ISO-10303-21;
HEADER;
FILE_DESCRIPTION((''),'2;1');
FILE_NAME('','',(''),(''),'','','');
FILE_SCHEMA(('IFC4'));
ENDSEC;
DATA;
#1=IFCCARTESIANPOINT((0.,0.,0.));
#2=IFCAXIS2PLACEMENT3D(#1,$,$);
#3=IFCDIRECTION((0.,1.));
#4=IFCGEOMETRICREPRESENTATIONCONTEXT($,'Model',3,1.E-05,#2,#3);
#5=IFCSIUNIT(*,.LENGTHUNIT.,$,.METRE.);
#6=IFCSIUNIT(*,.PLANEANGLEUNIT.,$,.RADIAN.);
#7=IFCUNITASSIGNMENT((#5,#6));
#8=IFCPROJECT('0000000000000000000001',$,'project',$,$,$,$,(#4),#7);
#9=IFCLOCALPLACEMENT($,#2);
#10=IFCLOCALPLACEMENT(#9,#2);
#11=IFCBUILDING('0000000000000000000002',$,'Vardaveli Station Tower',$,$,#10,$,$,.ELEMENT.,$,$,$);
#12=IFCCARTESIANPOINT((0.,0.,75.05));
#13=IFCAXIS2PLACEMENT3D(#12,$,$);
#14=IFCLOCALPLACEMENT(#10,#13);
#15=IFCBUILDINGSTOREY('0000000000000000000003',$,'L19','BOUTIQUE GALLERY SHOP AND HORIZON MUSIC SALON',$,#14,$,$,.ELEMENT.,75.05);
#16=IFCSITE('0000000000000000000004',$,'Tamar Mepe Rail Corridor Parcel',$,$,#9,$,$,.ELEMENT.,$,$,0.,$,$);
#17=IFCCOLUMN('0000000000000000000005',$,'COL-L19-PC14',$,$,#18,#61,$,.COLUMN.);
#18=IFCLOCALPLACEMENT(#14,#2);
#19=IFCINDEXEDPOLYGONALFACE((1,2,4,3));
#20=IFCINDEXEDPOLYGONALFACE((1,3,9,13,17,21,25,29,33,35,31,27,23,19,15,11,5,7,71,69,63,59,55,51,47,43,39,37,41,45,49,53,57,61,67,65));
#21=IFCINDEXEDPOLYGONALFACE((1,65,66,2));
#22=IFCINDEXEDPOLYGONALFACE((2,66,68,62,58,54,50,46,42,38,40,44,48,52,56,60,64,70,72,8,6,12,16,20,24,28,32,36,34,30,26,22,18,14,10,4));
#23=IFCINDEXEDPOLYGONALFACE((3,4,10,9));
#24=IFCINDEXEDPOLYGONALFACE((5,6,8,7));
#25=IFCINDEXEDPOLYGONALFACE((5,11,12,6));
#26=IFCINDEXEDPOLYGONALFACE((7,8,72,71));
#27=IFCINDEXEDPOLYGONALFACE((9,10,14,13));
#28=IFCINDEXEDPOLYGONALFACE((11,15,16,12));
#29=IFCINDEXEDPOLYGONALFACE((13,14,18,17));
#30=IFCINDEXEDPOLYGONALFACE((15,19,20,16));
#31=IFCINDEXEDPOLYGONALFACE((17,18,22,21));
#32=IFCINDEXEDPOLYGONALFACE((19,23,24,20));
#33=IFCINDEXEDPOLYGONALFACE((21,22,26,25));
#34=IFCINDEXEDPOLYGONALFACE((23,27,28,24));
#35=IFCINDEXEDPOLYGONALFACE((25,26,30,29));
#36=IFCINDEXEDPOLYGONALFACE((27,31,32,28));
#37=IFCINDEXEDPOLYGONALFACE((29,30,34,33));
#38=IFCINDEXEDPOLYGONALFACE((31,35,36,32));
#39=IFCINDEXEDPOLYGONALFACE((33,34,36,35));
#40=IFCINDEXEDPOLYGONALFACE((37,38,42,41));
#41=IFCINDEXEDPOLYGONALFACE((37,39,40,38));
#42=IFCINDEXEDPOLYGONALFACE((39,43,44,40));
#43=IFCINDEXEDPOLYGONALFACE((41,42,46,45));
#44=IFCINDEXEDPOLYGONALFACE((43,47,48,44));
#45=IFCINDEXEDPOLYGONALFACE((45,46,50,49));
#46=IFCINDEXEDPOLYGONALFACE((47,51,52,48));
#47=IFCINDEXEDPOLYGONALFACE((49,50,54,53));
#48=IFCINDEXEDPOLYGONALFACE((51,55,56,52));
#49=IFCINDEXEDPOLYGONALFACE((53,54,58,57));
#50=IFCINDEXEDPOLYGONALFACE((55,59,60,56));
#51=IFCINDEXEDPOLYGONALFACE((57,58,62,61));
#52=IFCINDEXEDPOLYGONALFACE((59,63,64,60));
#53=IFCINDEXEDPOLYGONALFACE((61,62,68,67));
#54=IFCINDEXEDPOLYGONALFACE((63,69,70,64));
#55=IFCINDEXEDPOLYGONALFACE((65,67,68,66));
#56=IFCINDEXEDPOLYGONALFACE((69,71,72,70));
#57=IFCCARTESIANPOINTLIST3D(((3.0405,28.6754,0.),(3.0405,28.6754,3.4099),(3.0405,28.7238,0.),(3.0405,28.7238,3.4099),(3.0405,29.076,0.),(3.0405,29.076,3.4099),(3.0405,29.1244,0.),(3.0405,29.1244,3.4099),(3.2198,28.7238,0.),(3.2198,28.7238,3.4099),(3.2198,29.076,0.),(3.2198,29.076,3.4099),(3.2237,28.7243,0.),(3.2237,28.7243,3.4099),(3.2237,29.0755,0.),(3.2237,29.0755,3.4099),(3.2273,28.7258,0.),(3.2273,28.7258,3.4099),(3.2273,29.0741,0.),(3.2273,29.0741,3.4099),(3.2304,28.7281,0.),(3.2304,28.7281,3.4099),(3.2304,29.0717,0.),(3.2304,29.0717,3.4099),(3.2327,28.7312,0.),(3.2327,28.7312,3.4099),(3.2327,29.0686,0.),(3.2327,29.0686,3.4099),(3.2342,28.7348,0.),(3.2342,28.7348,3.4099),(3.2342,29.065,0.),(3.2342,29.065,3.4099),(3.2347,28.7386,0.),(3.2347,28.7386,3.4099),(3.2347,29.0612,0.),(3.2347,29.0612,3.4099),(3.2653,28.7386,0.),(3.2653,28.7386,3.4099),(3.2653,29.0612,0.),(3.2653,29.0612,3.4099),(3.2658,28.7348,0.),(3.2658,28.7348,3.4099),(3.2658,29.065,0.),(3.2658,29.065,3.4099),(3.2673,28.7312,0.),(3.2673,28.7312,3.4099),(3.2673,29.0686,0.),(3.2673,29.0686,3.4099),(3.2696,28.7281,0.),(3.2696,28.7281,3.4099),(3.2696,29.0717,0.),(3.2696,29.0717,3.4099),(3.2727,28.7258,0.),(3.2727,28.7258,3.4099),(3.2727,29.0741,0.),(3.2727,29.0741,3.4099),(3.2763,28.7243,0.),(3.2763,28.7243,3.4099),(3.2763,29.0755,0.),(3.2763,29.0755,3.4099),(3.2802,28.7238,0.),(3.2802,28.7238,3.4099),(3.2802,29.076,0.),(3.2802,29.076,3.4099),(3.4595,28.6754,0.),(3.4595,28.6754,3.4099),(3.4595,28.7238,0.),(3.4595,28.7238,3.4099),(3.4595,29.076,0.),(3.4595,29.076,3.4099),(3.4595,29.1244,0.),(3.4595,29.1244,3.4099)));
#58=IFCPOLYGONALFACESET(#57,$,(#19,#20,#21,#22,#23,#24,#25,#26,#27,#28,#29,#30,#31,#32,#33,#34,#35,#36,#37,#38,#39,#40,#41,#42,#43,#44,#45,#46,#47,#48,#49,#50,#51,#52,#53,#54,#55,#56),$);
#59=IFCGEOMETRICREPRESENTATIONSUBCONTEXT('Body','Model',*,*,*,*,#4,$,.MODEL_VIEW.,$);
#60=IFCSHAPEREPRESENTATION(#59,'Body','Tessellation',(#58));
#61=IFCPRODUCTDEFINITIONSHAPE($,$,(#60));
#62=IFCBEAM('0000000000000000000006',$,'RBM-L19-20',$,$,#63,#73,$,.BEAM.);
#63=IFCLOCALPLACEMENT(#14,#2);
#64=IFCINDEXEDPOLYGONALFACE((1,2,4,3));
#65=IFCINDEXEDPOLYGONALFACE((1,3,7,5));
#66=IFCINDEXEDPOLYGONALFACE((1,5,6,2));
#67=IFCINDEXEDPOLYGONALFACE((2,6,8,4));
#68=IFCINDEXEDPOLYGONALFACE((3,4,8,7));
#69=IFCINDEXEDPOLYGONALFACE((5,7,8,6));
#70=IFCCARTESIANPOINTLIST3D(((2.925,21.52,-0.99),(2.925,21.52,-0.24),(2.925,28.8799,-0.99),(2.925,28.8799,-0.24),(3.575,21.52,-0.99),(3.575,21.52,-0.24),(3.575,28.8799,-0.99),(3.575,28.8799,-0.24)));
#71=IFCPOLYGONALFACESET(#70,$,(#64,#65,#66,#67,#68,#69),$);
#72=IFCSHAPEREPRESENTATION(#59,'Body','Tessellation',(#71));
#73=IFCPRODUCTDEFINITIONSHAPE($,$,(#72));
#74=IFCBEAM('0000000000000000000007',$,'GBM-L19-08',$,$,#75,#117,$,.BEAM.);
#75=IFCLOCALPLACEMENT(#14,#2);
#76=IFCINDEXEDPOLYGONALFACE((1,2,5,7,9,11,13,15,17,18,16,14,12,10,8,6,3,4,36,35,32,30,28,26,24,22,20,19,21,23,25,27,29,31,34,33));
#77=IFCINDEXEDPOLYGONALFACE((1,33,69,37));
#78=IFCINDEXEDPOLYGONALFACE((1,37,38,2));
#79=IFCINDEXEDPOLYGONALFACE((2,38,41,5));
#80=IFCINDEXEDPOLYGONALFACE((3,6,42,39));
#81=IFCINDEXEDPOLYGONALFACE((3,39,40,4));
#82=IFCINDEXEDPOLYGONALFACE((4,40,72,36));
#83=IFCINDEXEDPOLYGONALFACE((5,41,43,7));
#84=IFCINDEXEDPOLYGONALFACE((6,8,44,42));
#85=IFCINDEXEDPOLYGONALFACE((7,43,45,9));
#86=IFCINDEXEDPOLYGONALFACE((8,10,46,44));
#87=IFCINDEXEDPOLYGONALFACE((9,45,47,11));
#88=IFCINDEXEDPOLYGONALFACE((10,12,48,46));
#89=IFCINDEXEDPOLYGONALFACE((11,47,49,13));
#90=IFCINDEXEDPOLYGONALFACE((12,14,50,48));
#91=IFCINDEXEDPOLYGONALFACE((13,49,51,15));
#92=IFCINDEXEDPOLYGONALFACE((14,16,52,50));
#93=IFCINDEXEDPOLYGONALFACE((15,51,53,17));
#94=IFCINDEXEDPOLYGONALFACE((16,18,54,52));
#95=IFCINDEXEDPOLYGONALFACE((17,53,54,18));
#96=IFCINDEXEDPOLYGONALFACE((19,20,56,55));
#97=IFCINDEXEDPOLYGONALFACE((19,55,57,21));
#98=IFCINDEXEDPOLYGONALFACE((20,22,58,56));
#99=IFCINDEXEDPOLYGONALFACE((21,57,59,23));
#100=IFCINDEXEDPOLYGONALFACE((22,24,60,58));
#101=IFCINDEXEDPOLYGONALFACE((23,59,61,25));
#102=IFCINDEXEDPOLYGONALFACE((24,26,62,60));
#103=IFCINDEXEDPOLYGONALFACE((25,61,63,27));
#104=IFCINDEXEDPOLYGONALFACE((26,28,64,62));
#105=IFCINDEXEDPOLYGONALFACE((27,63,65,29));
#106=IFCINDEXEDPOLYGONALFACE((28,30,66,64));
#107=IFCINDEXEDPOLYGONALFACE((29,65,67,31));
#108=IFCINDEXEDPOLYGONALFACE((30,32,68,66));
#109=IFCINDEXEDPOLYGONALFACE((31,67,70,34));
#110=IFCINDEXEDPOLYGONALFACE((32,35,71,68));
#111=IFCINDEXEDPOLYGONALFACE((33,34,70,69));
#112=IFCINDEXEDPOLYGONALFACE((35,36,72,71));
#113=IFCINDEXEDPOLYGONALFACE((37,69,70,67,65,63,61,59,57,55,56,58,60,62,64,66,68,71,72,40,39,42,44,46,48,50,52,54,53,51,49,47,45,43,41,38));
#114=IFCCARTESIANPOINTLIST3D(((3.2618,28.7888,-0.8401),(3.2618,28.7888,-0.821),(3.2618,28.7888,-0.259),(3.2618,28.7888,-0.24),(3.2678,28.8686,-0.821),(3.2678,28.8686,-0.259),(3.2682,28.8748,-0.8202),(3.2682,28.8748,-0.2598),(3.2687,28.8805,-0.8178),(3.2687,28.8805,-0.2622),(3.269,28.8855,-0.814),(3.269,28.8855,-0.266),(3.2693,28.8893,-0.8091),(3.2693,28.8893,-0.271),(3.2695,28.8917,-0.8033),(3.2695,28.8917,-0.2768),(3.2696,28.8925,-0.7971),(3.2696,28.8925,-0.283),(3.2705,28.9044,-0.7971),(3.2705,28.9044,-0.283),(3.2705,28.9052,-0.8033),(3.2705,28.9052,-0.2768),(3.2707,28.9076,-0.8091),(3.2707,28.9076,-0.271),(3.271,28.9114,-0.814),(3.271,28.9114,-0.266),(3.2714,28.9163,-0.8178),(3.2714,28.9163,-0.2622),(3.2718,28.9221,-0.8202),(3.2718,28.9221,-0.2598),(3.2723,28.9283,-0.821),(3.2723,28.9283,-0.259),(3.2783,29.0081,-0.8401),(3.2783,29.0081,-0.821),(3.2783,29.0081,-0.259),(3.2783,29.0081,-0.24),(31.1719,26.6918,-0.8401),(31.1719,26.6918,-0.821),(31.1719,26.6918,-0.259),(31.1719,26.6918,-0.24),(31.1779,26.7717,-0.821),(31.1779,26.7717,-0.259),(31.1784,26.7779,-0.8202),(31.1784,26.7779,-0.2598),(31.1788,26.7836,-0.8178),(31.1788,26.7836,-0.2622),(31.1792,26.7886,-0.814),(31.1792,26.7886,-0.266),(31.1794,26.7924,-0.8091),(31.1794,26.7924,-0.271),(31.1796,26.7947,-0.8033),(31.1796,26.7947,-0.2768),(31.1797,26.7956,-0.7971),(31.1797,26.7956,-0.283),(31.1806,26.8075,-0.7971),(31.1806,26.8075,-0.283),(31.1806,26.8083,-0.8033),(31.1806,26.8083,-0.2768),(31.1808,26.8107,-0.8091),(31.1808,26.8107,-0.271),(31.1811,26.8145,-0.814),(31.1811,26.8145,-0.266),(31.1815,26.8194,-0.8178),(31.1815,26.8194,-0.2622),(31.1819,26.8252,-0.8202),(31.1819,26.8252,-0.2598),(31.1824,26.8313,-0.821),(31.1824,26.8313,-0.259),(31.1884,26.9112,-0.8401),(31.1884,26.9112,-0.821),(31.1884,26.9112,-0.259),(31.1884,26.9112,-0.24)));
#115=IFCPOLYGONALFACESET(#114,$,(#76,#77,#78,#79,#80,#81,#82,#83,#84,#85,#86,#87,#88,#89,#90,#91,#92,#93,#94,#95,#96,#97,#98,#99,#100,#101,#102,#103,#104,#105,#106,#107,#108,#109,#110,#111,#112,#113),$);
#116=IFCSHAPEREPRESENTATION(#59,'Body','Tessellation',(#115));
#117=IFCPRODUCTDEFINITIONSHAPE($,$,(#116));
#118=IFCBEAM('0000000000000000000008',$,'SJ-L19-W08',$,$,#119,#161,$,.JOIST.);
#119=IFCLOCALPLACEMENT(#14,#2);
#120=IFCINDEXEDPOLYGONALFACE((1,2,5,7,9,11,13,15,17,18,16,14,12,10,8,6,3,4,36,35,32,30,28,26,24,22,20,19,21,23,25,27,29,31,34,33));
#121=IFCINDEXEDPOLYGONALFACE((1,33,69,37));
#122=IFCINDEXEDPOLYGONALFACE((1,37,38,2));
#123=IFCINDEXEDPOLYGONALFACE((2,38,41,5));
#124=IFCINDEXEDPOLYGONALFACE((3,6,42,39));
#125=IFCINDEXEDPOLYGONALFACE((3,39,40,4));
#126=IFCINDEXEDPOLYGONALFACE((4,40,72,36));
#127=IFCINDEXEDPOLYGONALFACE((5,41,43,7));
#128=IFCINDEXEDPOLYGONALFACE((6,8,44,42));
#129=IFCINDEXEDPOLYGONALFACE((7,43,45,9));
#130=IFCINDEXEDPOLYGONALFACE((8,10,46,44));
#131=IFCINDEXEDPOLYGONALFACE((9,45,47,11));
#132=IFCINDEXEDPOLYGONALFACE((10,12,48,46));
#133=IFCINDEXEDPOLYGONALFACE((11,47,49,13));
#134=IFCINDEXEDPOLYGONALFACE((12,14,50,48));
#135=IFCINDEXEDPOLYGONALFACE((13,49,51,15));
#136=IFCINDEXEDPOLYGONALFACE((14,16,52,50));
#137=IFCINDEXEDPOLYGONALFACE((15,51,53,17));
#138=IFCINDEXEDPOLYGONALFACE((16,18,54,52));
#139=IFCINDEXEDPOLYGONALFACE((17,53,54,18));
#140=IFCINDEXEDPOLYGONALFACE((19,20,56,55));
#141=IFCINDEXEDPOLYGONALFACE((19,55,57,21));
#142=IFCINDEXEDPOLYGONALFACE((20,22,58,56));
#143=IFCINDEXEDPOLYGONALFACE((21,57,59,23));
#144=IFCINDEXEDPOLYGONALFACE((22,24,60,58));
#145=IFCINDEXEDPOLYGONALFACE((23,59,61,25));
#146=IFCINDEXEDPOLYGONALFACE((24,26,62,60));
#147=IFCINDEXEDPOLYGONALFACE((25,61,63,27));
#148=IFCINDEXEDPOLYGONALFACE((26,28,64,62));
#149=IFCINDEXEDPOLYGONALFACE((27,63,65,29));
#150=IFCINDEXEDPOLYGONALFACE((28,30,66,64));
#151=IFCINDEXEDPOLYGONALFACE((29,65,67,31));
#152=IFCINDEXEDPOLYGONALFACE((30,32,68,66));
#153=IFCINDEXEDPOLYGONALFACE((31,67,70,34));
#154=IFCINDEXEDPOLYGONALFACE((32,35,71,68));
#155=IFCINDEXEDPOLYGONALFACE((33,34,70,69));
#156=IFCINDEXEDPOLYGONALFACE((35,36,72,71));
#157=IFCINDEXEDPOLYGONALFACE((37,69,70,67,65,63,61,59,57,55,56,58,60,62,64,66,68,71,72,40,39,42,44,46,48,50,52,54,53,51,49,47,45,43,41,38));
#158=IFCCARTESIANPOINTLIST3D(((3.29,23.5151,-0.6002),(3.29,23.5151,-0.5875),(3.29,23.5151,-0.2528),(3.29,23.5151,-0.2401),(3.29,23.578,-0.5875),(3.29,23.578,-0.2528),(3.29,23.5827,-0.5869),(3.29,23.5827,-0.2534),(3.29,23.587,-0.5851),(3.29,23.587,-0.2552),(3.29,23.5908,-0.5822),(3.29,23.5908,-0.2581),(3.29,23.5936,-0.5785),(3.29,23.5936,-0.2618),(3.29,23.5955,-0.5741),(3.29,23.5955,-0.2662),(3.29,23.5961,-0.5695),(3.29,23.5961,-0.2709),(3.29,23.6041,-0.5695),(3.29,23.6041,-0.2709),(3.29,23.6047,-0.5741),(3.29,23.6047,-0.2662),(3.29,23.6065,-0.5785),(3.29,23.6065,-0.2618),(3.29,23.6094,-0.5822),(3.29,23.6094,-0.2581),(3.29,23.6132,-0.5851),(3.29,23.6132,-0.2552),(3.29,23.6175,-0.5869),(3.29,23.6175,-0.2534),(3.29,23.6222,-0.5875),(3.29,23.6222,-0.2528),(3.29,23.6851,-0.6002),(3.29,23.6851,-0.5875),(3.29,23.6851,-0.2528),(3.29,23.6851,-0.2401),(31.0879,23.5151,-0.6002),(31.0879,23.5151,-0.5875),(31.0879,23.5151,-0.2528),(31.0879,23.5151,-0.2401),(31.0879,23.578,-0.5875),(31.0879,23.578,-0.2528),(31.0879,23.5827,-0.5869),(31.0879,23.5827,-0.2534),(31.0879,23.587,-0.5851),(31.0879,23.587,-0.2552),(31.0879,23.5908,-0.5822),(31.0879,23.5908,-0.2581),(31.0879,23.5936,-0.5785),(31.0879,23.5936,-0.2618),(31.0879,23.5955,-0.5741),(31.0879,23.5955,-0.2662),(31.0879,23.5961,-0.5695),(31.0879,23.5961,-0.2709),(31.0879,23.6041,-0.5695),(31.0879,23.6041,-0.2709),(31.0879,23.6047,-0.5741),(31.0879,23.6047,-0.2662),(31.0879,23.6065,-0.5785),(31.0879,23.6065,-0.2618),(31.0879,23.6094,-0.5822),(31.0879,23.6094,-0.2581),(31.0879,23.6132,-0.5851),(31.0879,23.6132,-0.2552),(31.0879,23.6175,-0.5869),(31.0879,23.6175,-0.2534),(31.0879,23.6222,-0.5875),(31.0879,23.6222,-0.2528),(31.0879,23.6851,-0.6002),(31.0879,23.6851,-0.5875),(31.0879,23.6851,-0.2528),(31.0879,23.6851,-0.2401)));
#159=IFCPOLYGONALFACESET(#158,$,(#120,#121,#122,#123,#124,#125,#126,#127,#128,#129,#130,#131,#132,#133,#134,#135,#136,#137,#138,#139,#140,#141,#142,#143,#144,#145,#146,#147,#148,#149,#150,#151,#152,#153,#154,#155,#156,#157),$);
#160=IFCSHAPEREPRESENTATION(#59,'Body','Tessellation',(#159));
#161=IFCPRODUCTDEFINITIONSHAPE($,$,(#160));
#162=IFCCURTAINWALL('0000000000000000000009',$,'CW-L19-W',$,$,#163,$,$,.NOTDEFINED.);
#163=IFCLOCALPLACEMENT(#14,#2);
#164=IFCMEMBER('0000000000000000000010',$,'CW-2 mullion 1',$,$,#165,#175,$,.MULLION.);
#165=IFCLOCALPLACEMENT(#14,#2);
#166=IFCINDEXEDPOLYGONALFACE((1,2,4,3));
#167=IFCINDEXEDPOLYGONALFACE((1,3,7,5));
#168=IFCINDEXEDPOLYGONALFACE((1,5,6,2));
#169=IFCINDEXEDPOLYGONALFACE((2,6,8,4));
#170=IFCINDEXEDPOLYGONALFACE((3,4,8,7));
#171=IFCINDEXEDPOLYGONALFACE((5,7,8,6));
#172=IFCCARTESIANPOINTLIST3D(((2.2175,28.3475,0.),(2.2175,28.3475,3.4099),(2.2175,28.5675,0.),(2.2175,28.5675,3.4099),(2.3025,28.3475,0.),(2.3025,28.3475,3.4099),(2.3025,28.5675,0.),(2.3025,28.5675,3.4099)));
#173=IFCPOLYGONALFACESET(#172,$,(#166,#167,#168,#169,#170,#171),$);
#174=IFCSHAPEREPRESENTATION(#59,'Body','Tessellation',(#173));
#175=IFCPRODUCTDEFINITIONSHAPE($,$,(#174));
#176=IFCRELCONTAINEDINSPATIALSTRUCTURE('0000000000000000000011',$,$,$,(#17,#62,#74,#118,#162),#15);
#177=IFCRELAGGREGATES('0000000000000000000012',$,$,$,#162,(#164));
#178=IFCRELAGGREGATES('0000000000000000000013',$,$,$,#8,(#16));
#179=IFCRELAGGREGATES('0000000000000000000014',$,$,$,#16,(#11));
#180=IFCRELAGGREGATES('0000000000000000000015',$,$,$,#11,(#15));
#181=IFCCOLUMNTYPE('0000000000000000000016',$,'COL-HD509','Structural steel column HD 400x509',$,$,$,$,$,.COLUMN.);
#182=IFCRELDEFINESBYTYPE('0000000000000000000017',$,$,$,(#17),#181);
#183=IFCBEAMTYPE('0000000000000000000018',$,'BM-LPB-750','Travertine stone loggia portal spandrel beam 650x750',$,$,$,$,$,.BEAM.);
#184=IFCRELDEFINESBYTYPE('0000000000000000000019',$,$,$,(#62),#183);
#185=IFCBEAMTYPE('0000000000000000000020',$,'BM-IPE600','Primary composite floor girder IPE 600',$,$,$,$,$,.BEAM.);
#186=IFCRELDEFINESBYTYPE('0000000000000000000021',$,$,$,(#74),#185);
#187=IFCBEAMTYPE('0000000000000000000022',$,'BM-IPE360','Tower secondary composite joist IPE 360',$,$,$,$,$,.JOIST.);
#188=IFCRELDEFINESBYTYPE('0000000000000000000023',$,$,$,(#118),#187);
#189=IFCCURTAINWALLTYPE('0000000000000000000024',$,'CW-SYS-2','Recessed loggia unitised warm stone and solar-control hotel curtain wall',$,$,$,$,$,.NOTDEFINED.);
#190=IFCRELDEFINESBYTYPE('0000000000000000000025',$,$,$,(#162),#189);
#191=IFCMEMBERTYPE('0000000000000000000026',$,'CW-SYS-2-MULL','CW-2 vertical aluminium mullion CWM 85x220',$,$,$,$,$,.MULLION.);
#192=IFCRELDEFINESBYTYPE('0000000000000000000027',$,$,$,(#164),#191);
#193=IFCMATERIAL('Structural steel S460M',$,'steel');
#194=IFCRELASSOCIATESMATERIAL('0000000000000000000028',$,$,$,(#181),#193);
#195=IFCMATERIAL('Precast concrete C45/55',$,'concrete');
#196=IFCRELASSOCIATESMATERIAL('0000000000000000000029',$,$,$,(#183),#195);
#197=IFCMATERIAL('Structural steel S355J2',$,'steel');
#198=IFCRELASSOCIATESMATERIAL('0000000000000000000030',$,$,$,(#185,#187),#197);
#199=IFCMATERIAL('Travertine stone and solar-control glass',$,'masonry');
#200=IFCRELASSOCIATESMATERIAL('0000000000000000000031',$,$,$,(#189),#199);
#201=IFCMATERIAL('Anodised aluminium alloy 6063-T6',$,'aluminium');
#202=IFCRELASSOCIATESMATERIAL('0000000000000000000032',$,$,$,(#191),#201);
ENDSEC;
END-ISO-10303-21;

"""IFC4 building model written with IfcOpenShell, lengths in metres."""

from ifc_helpers import new_model, si_unit, direction, frame, origin, origin_2d, place, context, subcontext, project, spatial, rectangle, i_section, extrude, source, transform, mapped, material, material_profile, profile_set, type_object, element, aggregate, save


model = new_model("IFC4")

# Units and contexts
model_context = context("Model", 3, precision=1e-05, world=origin(), true_north=direction((0.0, 1.0)))
body_context = subcontext(model_context, "Body", "Model", "MODEL_VIEW")
ifc_project = project(units=[si_unit("LENGTHUNIT", "METRE"), si_unit("PLANEANGLEUNIT", "RADIAN")], contexts=[model_context])

# Site, building, storey
site_placement = place(None, origin())
site = spatial("IfcSite", under=ifc_project, at=site_placement, Name="Tamar Mepe Rail Corridor Parcel", CompositionType="ELEMENT", RefElevation=0.0)
building_placement = place(site_placement, origin())
building = spatial("IfcBuilding", under=site, at=building_placement, Name="Vardaveli Station Tower", CompositionType="ELEMENT")
storey_placement = place(building_placement, frame((0.0, 0.0, 75.05)))
storey = spatial("IfcBuildingStorey", under=building, at=storey_placement, Name="L19", Description="BOUTIQUE GALLERY SHOP AND HORIZON MUSIC SALON", CompositionType="ELEMENT", Elevation=75.05)

# Column
ifc_material_1 = material(Name="Structural steel S460M", Category="steel")
ifc_material_profile_1 = material_profile(ifc_material_1, i_section(OverallWidth=0.4189, OverallDepth=0.449, WebThickness=0.0305, FlangeThickness=0.0483, FilletRadius=0.0149, at=origin_2d()), Name="HD 400x509")
ifc_profile_set_1 = profile_set([ifc_material_profile_1], Name="Structural steel S460M")
column_type = type_object("IfcColumnType", Name="COL-HD509", Description="Structural steel column HD 400x509", PredefinedType="COLUMN", material=ifc_profile_set_1)
shared_shape_1 = source(origin(), body_context, "Body", "SweptSolid", [
    extrude(i_section(OverallWidth=0.4189, OverallDepth=0.449, WebThickness=0.0305, FlangeThickness=0.0483, FilletRadius=0.0149, at=origin_2d()), origin(), (0.0, 0.0, 1.0), 3.4099),
])
column_placement = place(storey_placement, frame((3.25, 28.8999, 0.0), z_axis=(0.0, 0.0, 1.0), x_axis=(1.0, 0.0, 0.0)))
element("IfcColumn", 1, at=column_placement, inside=storey, type_object=column_type, Name="COL-L19-PC14", PredefinedType="COLUMN", context=body_context, shape_type="MappedRepresentation", body=[
    mapped(shared_shape_1, transform((0.0, 0.0, 0.0), scale=1.0)),
])

# Beams
ifc_material_2 = material(Name="Precast concrete C45/55", Category="concrete")
ifc_material_profile_2 = material_profile(ifc_material_2, rectangle(XDim=0.6499, YDim=0.75, at=origin_2d()), Name="LPB 650x750")
ifc_profile_set_2 = profile_set([ifc_material_profile_2], Name="Precast concrete C45/55")
beam_type_1 = type_object("IfcBeamType", Name="BM-LPB-750", Description="Travertine stone loggia portal spandrel beam 650x750", PredefinedType="BEAM", material=ifc_profile_set_2)
shared_shape_2 = source(origin(), body_context, "Body", "SweptSolid", [
    extrude(rectangle(XDim=0.6499, YDim=0.75, at=origin_2d()), origin(), (0.0, 0.0, 1.0), 7.3599),
])
beam_1_placement = place(storey_placement, frame((3.25, 28.8799, -0.615), z_axis=(0.0, -1.0, 0.0), x_axis=(1.0, 0.0, 0.0)))
element("IfcBeam", 2, at=beam_1_placement, inside=storey, type_object=beam_type_1, Name="RBM-L19-20", PredefinedType="BEAM", context=body_context, shape_type="MappedRepresentation", body=[
    mapped(shared_shape_2, transform((0.0, 0.0, 0.0), scale=1.0)),
])
ifc_material_3 = material(Name="Structural steel S355J2", Category="steel")
ifc_material_profile_3 = material_profile(ifc_material_3, i_section(OverallWidth=0.22, OverallDepth=0.6001, WebThickness=0.012, FlangeThickness=0.019, FilletRadius=0.0239, at=origin_2d()), Name="IPE 600")
ifc_profile_set_3 = profile_set([ifc_material_profile_3], Name="Structural steel S355J2")
beam_type_2 = type_object("IfcBeamType", Name="BM-IPE600", Description="Primary composite floor girder IPE 600", PredefinedType="BEAM", material=ifc_profile_set_3)
shared_shape_3 = source(origin(), body_context, "Body", "SweptSolid", [
    extrude(i_section(OverallWidth=0.22, OverallDepth=0.6001, WebThickness=0.012, FlangeThickness=0.019, FilletRadius=0.0239, at=origin_2d()), origin(), (0.0, 0.0, 1.0), 27.9888),
])
beam_2_placement = place(storey_placement, frame((3.27, 28.8984, -0.54), z_axis=(0.99719, -0.07492, 0.0), x_axis=(0.07492, 0.99719, 0.0)))
element("IfcBeam", 3, at=beam_2_placement, inside=storey, type_object=beam_type_2, Name="GBM-L19-08", PredefinedType="BEAM", context=body_context, shape_type="MappedRepresentation", body=[
    mapped(shared_shape_3, transform((0.0, 0.0, 0.0), scale=1.0)),
])
ifc_material_profile_4 = material_profile(ifc_material_3, i_section(OverallWidth=0.1699, OverallDepth=0.3601, WebThickness=0.0081, FlangeThickness=0.0127, FilletRadius=0.0181, at=origin_2d()), Name="IPE 360")
ifc_profile_set_4 = profile_set([ifc_material_profile_4], Name="Structural steel S355J2")
beam_type_3 = type_object("IfcBeamType", Name="BM-IPE360", Description="Tower secondary composite joist IPE 360", PredefinedType="JOIST", material=ifc_profile_set_4)
shared_shape_4 = source(origin(), body_context, "Body", "SweptSolid", [
    extrude(i_section(OverallWidth=0.1699, OverallDepth=0.3601, WebThickness=0.0081, FlangeThickness=0.0127, FilletRadius=0.0181, at=origin_2d()), origin(), (0.0, 0.0, 1.0), 27.7979),
])
beam_3_placement = place(storey_placement, frame((3.29, 23.6001, -0.4202), z_axis=(1.0, 0.0, 0.0), x_axis=(0.0, 1.0, 0.0)))
element("IfcBeam", 4, at=beam_3_placement, inside=storey, type_object=beam_type_3, Name="SJ-L19-W08", PredefinedType="JOIST", context=body_context, shape_type="MappedRepresentation", body=[
    mapped(shared_shape_4, transform((0.0, 0.0, 0.0), scale=1.0)),
])

# Curtain wall, member
ifc_material_4 = material(Name="Travertine stone and solar-control glass", Category="masonry")
curtain_wall_type = type_object("IfcCurtainWallType", Name="CW-SYS-2", Description="Recessed loggia unitised warm stone and solar-control hotel curtain wall", PredefinedType="NOTDEFINED", material=ifc_material_4)
curtain_wall_placement = place(storey_placement, origin())
curtain_wall = element("IfcCurtainWall", 5, at=curtain_wall_placement, inside=storey, type_object=curtain_wall_type, Name="CW-L19-W", PredefinedType="NOTDEFINED")
ifc_material_5 = material(Name="Anodised aluminium alloy 6063-T6", Category="aluminium")
ifc_material_profile_5 = material_profile(ifc_material_5, rectangle(XDim=0.085, YDim=0.22, at=origin_2d()), Name="CWM 85x220")
ifc_profile_set_5 = profile_set([ifc_material_profile_5], Name="Anodised aluminium alloy 6063-T6")
member_type_1 = type_object("IfcMemberType", Name="CW-SYS-2-MULL", Description="CW-2 vertical aluminium mullion CWM 85x220", PredefinedType="MULLION", material=ifc_profile_set_5)
shared_shape_5 = source(origin(), body_context, "Body", "SweptSolid", [
    extrude(rectangle(XDim=0.085, YDim=0.22, at=origin_2d()), origin(), (0.0, 0.0, 1.0), 3.4099),
])
member_1_placement = place(storey_placement, frame((2.26, 28.4575, 0.0), z_axis=(0.0, 0.0, 1.0), x_axis=(1.0, 0.0, 0.0)))
member_1 = element("IfcMember", 6, at=member_1_placement, type_object=member_type_1, Name="CW-2 mullion 1", PredefinedType="MULLION", context=body_context, shape_type="MappedRepresentation", body=[
    mapped(shared_shape_5, transform((0.0, 0.0, 0.0), scale=1.0)),
])
aggregate(curtain_wall, [member_1])

save(model, "model.ifc")
